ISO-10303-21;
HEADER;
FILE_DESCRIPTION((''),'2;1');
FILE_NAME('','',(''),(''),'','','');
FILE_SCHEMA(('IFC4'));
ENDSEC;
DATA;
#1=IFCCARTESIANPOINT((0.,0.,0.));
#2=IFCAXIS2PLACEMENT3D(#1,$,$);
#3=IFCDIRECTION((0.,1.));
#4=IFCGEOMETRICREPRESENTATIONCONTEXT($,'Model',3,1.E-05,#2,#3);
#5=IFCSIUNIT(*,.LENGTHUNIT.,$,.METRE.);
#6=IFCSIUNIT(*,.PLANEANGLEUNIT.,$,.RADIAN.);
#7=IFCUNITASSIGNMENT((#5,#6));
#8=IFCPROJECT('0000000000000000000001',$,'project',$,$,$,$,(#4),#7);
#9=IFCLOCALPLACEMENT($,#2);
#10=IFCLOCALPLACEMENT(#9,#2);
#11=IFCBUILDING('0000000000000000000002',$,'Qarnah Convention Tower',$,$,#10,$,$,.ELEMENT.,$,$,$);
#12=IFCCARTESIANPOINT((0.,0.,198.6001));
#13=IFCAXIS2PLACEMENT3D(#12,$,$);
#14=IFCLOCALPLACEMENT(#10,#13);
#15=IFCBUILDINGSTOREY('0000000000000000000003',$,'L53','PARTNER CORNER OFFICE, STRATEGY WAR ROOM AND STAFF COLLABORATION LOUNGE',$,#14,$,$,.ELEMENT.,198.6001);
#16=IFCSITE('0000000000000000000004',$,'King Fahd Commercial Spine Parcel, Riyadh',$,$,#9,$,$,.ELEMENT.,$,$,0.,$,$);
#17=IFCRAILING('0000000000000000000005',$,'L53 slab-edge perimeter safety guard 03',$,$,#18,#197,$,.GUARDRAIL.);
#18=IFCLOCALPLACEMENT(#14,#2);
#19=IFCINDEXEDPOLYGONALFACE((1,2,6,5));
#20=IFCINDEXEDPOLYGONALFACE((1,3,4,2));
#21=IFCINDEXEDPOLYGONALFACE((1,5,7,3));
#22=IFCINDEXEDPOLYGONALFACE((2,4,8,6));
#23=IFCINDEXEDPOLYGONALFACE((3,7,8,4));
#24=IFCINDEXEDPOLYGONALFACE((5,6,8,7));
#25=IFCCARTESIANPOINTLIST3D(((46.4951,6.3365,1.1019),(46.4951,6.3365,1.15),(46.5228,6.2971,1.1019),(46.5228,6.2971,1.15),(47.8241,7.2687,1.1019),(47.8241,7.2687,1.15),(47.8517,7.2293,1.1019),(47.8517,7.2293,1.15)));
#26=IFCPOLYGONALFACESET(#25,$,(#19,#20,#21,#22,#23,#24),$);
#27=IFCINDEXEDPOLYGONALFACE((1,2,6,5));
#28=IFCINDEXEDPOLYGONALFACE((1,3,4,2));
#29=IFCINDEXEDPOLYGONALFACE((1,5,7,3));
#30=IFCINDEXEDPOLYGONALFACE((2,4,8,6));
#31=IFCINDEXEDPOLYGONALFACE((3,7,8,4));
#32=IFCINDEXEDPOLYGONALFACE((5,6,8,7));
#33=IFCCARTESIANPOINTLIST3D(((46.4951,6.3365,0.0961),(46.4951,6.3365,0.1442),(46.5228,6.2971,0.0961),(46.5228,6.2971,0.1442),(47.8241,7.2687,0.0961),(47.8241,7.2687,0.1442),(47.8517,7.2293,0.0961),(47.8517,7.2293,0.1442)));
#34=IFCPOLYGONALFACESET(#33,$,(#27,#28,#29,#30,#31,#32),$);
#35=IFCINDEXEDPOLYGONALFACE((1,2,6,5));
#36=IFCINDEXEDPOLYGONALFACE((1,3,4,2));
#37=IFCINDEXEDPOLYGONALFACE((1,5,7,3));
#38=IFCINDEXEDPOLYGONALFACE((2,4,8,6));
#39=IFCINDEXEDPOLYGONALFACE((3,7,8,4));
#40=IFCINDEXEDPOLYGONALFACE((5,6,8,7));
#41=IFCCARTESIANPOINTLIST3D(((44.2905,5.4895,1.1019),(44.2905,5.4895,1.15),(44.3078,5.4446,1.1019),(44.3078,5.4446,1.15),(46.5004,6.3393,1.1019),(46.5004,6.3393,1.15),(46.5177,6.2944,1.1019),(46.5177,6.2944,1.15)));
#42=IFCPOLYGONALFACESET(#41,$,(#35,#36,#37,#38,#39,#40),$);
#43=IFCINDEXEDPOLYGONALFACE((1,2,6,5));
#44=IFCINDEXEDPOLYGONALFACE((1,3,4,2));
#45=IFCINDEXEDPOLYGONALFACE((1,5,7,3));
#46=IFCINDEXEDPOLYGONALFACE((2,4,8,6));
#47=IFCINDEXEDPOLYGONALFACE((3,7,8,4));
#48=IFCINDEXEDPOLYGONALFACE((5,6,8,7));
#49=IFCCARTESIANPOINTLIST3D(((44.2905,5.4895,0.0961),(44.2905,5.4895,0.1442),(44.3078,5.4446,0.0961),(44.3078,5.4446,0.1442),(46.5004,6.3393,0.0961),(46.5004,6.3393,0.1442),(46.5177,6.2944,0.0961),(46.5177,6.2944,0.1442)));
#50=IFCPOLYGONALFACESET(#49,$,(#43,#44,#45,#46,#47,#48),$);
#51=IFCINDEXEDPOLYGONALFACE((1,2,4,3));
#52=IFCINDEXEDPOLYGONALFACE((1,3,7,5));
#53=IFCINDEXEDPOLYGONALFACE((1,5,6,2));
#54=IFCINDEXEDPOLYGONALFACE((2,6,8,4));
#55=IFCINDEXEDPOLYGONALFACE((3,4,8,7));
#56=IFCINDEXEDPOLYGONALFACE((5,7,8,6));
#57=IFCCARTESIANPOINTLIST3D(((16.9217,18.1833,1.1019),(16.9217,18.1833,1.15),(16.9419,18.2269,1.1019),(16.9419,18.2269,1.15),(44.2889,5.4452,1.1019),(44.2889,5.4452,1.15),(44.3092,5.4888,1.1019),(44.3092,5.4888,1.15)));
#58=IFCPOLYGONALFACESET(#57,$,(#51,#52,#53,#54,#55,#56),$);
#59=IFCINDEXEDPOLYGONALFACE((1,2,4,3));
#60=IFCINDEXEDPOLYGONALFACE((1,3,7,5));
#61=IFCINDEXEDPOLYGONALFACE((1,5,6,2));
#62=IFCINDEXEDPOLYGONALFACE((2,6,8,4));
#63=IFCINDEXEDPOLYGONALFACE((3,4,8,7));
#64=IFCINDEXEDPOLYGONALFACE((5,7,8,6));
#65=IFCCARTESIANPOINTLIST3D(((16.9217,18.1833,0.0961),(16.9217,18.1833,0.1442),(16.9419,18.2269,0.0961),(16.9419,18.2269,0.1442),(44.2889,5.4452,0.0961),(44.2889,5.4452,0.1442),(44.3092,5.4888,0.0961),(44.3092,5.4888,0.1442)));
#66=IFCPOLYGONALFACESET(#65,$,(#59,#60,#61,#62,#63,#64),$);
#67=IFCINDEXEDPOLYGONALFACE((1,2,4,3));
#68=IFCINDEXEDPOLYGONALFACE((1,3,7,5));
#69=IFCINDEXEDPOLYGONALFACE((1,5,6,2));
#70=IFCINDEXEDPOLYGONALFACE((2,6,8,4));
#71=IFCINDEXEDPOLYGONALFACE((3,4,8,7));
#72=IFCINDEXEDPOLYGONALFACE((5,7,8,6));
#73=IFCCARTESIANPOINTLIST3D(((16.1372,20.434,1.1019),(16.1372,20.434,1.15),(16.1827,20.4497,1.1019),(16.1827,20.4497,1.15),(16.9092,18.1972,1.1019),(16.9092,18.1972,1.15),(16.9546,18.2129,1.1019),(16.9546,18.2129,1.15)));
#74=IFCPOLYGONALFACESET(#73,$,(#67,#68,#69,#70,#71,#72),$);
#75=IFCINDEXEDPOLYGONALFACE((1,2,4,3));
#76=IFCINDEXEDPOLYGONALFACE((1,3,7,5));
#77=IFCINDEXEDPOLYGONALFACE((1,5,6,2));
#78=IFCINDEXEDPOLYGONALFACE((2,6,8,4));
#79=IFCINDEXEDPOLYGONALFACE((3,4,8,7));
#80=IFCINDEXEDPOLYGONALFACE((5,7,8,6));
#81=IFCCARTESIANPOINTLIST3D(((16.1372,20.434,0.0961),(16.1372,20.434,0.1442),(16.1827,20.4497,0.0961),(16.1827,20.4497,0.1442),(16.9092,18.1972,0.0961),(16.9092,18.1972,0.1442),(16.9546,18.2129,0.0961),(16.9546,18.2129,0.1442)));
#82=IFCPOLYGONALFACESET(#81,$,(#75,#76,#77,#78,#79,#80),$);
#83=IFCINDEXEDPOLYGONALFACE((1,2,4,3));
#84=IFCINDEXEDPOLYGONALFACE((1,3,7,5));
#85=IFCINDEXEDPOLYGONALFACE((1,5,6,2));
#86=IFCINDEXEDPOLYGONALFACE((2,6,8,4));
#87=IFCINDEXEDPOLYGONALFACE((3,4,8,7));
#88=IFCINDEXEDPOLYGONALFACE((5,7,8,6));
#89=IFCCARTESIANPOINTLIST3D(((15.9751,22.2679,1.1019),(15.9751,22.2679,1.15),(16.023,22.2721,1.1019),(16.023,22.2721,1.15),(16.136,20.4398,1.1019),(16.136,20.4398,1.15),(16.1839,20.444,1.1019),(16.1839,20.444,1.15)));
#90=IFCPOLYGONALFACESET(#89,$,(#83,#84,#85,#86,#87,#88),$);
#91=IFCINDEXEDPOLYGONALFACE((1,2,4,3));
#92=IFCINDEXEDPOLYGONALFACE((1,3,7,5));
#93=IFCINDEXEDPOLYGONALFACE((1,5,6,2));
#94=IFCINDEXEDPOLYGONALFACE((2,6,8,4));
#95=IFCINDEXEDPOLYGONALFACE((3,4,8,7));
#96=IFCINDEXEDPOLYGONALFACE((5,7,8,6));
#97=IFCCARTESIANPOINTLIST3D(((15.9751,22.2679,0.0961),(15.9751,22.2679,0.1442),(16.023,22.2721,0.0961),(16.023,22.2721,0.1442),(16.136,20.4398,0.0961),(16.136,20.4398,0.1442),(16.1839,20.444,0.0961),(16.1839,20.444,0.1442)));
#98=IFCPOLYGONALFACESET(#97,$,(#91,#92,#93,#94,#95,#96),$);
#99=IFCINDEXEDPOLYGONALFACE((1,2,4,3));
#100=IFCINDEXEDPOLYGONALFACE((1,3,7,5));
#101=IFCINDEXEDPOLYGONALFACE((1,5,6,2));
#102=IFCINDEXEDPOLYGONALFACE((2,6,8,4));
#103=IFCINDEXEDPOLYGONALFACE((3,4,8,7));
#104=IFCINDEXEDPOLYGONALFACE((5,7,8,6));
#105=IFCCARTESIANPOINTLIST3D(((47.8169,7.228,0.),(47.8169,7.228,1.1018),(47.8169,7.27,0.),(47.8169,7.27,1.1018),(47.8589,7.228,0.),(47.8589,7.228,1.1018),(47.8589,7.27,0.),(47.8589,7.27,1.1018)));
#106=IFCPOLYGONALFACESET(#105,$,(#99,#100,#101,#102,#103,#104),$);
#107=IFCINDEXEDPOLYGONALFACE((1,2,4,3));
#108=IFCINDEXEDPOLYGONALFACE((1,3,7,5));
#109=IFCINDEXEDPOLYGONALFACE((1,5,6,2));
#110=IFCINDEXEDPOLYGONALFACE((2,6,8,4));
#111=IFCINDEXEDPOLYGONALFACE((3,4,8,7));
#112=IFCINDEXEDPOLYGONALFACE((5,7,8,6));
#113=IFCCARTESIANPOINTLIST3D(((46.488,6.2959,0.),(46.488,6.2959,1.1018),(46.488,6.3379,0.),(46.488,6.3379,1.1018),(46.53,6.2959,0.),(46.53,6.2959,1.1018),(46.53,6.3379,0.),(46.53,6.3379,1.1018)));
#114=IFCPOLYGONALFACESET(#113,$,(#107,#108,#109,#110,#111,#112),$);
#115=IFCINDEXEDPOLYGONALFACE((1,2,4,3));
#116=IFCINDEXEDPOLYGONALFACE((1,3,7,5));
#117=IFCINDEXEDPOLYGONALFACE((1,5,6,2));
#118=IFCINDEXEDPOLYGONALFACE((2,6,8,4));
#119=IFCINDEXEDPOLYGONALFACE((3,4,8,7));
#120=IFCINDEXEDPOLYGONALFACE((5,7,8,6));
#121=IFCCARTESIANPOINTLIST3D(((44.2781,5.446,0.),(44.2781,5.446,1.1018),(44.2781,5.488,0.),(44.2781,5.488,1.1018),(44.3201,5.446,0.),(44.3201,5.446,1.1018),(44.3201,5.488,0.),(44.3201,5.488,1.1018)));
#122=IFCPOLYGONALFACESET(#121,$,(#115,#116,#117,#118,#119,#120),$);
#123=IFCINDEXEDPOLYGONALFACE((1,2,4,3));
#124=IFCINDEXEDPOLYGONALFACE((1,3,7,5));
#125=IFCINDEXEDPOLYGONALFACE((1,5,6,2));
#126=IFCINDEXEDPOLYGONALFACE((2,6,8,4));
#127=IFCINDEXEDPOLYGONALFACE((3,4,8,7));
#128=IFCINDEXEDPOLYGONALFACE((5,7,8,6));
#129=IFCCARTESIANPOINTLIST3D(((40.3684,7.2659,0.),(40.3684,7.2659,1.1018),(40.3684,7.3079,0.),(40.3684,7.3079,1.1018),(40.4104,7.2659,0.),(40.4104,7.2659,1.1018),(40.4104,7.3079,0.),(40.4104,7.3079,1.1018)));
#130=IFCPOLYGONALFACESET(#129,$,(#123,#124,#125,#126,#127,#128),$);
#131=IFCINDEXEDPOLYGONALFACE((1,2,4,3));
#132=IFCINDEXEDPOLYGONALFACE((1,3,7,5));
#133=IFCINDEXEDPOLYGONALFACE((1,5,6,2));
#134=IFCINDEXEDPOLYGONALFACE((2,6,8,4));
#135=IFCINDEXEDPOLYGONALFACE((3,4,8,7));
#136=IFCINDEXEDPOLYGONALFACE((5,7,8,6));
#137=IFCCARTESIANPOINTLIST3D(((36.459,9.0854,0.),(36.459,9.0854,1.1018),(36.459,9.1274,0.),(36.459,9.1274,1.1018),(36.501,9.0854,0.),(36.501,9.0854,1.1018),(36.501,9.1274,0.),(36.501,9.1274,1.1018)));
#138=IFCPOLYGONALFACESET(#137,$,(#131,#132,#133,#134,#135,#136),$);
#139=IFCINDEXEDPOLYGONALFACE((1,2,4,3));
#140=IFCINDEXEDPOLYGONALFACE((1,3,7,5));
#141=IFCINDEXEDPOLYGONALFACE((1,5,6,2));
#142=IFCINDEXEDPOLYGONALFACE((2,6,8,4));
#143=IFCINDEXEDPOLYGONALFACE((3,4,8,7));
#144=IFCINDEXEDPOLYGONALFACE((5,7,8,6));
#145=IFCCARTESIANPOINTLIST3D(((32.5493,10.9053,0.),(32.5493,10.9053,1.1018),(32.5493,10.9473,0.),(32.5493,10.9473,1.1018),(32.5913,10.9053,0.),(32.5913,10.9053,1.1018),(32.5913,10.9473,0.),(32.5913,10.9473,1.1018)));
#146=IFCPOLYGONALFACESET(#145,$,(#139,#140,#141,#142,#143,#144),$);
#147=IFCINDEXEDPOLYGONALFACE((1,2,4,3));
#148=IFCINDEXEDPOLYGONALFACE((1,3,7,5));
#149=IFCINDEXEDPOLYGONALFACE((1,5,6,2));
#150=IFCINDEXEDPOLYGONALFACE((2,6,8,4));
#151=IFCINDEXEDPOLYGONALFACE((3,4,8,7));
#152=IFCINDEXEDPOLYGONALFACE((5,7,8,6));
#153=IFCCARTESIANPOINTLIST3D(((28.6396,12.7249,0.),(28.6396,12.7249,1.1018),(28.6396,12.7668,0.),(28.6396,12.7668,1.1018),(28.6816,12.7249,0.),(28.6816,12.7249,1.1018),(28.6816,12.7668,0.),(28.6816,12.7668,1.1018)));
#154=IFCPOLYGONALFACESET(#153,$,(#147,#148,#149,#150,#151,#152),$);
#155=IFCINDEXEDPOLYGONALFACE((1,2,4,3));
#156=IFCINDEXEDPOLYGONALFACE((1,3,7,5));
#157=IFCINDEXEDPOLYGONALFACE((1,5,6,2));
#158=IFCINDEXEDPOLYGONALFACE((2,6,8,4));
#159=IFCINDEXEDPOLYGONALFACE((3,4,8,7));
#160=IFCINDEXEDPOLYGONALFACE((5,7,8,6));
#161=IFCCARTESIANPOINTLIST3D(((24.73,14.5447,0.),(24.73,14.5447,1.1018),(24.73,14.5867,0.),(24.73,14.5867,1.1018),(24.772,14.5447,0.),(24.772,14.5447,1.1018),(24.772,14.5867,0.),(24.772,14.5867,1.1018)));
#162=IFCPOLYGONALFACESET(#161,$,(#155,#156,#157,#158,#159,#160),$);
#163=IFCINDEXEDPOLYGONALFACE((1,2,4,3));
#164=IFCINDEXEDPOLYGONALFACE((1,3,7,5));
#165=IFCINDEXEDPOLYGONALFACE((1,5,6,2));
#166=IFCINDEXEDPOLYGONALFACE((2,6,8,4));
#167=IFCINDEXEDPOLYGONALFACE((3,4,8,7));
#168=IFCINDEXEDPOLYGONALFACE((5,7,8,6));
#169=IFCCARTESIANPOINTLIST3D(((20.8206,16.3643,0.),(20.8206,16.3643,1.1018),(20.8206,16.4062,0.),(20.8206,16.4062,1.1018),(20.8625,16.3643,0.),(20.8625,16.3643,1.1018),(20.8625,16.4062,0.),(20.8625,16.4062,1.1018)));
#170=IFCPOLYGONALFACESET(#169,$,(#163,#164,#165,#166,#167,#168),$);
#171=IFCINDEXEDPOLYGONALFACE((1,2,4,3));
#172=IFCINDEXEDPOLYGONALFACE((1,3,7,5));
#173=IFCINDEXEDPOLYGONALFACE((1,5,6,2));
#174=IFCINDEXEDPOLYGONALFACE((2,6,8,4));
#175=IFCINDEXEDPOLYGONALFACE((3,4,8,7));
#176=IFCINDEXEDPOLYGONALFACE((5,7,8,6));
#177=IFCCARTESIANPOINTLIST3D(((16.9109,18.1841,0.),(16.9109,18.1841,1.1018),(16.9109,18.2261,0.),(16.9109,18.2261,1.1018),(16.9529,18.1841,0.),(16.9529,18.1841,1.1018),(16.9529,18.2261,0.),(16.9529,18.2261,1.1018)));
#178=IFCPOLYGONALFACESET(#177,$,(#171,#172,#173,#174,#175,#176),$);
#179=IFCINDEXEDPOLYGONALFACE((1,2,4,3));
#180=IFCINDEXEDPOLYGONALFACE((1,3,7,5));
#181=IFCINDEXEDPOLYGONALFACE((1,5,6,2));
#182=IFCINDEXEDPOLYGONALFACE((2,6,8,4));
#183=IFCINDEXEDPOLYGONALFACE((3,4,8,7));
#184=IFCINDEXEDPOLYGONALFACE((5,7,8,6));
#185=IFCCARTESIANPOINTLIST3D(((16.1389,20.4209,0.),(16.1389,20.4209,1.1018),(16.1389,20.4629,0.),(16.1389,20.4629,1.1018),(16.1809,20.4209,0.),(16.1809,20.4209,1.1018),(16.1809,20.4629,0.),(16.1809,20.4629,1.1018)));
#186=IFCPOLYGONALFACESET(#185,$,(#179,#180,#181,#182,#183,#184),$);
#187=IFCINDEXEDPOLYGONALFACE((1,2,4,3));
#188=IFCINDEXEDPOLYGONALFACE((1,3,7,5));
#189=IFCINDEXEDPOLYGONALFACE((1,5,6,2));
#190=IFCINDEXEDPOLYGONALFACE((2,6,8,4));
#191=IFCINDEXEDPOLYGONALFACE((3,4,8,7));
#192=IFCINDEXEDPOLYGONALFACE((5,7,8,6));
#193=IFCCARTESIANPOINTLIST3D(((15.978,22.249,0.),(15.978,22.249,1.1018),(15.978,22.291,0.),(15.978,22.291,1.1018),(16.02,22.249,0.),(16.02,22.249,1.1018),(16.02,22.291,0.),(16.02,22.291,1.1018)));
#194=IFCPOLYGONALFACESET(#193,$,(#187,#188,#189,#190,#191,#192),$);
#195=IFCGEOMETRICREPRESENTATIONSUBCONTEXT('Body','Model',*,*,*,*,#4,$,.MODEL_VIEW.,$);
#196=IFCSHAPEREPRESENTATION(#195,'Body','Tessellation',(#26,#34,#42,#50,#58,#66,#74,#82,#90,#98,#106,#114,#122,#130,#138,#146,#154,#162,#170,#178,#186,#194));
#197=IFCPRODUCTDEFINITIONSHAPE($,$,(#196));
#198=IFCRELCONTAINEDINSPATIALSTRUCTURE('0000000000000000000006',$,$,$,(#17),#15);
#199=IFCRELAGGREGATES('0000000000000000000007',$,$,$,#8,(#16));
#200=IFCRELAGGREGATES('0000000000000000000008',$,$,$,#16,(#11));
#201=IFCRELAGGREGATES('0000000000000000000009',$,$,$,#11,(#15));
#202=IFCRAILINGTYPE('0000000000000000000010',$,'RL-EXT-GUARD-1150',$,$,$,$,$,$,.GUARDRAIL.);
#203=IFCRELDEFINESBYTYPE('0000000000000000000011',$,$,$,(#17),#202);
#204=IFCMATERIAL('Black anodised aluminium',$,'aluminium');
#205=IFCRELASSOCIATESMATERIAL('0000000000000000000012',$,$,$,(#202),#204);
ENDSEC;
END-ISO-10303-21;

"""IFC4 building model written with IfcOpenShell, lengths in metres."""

from ifc_helpers import new_model, si_unit, direction, frame, origin, origin_2d, place, context, subcontext, project, spatial, rectangle, extrude, material, type_object, element, save


model = new_model("IFC4")

# Units and contexts
model_context = context("Model", 3, precision=1e-05, world=origin(), true_north=direction((0.0, 1.0)))
body_context = subcontext(model_context, "Body", "Model", "MODEL_VIEW")
ifc_project = project(units=[si_unit("LENGTHUNIT", "METRE"), si_unit("PLANEANGLEUNIT", "RADIAN")], contexts=[model_context])

# Site, building, storey
site_placement = place(None, origin())
site = spatial("IfcSite", under=ifc_project, at=site_placement, Name="King Fahd Commercial Spine Parcel, Riyadh", CompositionType="ELEMENT", RefElevation=0.0)
building_placement = place(site_placement, origin())
building = spatial("IfcBuilding", under=site, at=building_placement, Name="Qarnah Convention Tower", CompositionType="ELEMENT")
storey_placement = place(building_placement, frame((0.0, 0.0, 198.6001)))
storey = spatial("IfcBuildingStorey", under=building, at=storey_placement, Name="L53", Description="PARTNER CORNER OFFICE, STRATEGY WAR ROOM AND STAFF COLLABORATION LOUNGE", CompositionType="ELEMENT", Elevation=198.6001)

# Shared definitions
ifc_material_1 = material(Name="Black anodised aluminium", Category="aluminium")

# Railing
railing_type = type_object("IfcRailingType", Name="RL-EXT-GUARD-1150", PredefinedType="GUARDRAIL", material=ifc_material_1)
railing_1_placement = place(storey_placement, frame((47.8379, 7.249, 0.0)))
element("IfcRailing", 1, at=railing_1_placement, inside=storey, type_object=railing_type, Name="L53 slab-edge perimeter safety guard 03", PredefinedType="GUARDRAIL", context=body_context, shape_type="SweptSolid", body=[
    extrude(rectangle(XDim=0.0481, YDim=0.0481, at=origin_2d()), frame((0.0, 0.0, 1.126), z_axis=(-0.818673, -0.57426, 0.0), x_axis=(0.57426, -0.818673, 0.0)), (0.0, 0.0, 1.0), 1.6233),
    extrude(rectangle(XDim=0.0481, YDim=0.0481, at=origin_2d()), frame((0.0, 0.0, 0.1201), z_axis=(-0.818673, -0.57426, 0.0), x_axis=(0.57426, -0.818673, 0.0)), (0.0, 0.0, 1.0), 1.6233),
    extrude(rectangle(XDim=0.0481, YDim=0.0481, at=origin_2d()), frame((-1.3289, -0.9321, 1.126), z_axis=(-0.933364, -0.358931, 0.0), x_axis=(0.358931, -0.933364, 0.0)), (0.0, 0.0, 1.0), 2.3677),
    extrude(rectangle(XDim=0.0481, YDim=0.0481, at=origin_2d()), frame((-1.3289, -0.9321, 0.1201), z_axis=(-0.933364, -0.358931, 0.0), x_axis=(0.358931, -0.933364, 0.0)), (0.0, 0.0, 1.0), 2.3677),
    extrude(rectangle(XDim=0.0481, YDim=0.0481, at=origin_2d()), frame((-3.5388, -1.782, 1.126), z_axis=(-0.906606, 0.421979, 0.0), x_axis=(-0.421979, -0.906606, 0.0)), (0.0, 0.0, 1.0), 30.1865),
    extrude(rectangle(XDim=0.0481, YDim=0.0481, at=origin_2d()), frame((-3.5388, -1.782, 0.1201), z_axis=(-0.906606, 0.421979, 0.0), x_axis=(-0.421979, -0.906606, 0.0)), (0.0, 0.0, 1.0), 30.1865),
    extrude(rectangle(XDim=0.0481, YDim=0.0481, at=origin_2d()), frame((-30.906, 10.9561, 1.126), z_axis=(-0.326239, 0.945287, 0.0), x_axis=(-0.945287, -0.326239, 0.0)), (0.0, 0.0, 1.0), 2.3662),
    extrude(rectangle(XDim=0.0481, YDim=0.0481, at=origin_2d()), frame((-30.906, 10.9561, 0.1201), z_axis=(-0.326239, 0.945287, 0.0), x_axis=(-0.945287, -0.326239, 0.0)), (0.0, 0.0, 1.0), 2.3662),
    extrude(rectangle(XDim=0.0481, YDim=0.0481, at=origin_2d()), frame((-31.678, 13.1929, 1.126), z_axis=(-0.087669, 0.99615, 0.0), x_axis=(-0.99615, -0.087669, 0.0)), (0.0, 0.0, 1.0), 1.8352),
    extrude(rectangle(XDim=0.0481, YDim=0.0481, at=origin_2d()), frame((-31.678, 13.1929, 0.1201), z_axis=(-0.087669, 0.99615, 0.0), x_axis=(-0.99615, -0.087669, 0.0)), (0.0, 0.0, 1.0), 1.8352),
    extrude(rectangle(XDim=0.042, YDim=0.042, at=origin_2d()), origin(), (0.0, 0.0, 1.0), 1.1018),
    extrude(rectangle(XDim=0.042, YDim=0.042, at=origin_2d()), frame((-1.3289, -0.9321, 0.0)), (0.0, 0.0, 1.0), 1.1018),
    extrude(rectangle(XDim=0.042, YDim=0.042, at=origin_2d()), frame((-3.5388, -1.782, 0.0)), (0.0, 0.0, 1.0), 1.1018),
    extrude(rectangle(XDim=0.042, YDim=0.042, at=origin_2d()), frame((-7.4485, 0.0378, 0.0)), (0.0, 0.0, 1.0), 1.1018),
    extrude(rectangle(XDim=0.042, YDim=0.042, at=origin_2d()), frame((-11.3579, 1.8574, 0.0)), (0.0, 0.0, 1.0), 1.1018),
    extrude(rectangle(XDim=0.042, YDim=0.042, at=origin_2d()), frame((-15.2676, 3.6772, 0.0)), (0.0, 0.0, 1.0), 1.1018),
    extrude(rectangle(XDim=0.042, YDim=0.042, at=origin_2d()), frame((-19.1772, 5.4968, 0.0)), (0.0, 0.0, 1.0), 1.1018),
    extrude(rectangle(XDim=0.042, YDim=0.042, at=origin_2d()), frame((-23.0869, 7.3167, 0.0)), (0.0, 0.0, 1.0), 1.1018),
    extrude(rectangle(XDim=0.042, YDim=0.042, at=origin_2d()), frame((-26.9963, 9.1362, 0.0)), (0.0, 0.0, 1.0), 1.1018),
    extrude(rectangle(XDim=0.042, YDim=0.042, at=origin_2d()), frame((-30.906, 10.9561, 0.0)), (0.0, 0.0, 1.0), 1.1018),
    extrude(rectangle(XDim=0.042, YDim=0.042, at=origin_2d()), frame((-31.678, 13.1929, 0.0)), (0.0, 0.0, 1.0), 1.1018),
    extrude(rectangle(XDim=0.042, YDim=0.042, at=origin_2d()), frame((-31.8389, 15.021, 0.0)), (0.0, 0.0, 1.0), 1.1018),
])

save(model, "model.ifc")
